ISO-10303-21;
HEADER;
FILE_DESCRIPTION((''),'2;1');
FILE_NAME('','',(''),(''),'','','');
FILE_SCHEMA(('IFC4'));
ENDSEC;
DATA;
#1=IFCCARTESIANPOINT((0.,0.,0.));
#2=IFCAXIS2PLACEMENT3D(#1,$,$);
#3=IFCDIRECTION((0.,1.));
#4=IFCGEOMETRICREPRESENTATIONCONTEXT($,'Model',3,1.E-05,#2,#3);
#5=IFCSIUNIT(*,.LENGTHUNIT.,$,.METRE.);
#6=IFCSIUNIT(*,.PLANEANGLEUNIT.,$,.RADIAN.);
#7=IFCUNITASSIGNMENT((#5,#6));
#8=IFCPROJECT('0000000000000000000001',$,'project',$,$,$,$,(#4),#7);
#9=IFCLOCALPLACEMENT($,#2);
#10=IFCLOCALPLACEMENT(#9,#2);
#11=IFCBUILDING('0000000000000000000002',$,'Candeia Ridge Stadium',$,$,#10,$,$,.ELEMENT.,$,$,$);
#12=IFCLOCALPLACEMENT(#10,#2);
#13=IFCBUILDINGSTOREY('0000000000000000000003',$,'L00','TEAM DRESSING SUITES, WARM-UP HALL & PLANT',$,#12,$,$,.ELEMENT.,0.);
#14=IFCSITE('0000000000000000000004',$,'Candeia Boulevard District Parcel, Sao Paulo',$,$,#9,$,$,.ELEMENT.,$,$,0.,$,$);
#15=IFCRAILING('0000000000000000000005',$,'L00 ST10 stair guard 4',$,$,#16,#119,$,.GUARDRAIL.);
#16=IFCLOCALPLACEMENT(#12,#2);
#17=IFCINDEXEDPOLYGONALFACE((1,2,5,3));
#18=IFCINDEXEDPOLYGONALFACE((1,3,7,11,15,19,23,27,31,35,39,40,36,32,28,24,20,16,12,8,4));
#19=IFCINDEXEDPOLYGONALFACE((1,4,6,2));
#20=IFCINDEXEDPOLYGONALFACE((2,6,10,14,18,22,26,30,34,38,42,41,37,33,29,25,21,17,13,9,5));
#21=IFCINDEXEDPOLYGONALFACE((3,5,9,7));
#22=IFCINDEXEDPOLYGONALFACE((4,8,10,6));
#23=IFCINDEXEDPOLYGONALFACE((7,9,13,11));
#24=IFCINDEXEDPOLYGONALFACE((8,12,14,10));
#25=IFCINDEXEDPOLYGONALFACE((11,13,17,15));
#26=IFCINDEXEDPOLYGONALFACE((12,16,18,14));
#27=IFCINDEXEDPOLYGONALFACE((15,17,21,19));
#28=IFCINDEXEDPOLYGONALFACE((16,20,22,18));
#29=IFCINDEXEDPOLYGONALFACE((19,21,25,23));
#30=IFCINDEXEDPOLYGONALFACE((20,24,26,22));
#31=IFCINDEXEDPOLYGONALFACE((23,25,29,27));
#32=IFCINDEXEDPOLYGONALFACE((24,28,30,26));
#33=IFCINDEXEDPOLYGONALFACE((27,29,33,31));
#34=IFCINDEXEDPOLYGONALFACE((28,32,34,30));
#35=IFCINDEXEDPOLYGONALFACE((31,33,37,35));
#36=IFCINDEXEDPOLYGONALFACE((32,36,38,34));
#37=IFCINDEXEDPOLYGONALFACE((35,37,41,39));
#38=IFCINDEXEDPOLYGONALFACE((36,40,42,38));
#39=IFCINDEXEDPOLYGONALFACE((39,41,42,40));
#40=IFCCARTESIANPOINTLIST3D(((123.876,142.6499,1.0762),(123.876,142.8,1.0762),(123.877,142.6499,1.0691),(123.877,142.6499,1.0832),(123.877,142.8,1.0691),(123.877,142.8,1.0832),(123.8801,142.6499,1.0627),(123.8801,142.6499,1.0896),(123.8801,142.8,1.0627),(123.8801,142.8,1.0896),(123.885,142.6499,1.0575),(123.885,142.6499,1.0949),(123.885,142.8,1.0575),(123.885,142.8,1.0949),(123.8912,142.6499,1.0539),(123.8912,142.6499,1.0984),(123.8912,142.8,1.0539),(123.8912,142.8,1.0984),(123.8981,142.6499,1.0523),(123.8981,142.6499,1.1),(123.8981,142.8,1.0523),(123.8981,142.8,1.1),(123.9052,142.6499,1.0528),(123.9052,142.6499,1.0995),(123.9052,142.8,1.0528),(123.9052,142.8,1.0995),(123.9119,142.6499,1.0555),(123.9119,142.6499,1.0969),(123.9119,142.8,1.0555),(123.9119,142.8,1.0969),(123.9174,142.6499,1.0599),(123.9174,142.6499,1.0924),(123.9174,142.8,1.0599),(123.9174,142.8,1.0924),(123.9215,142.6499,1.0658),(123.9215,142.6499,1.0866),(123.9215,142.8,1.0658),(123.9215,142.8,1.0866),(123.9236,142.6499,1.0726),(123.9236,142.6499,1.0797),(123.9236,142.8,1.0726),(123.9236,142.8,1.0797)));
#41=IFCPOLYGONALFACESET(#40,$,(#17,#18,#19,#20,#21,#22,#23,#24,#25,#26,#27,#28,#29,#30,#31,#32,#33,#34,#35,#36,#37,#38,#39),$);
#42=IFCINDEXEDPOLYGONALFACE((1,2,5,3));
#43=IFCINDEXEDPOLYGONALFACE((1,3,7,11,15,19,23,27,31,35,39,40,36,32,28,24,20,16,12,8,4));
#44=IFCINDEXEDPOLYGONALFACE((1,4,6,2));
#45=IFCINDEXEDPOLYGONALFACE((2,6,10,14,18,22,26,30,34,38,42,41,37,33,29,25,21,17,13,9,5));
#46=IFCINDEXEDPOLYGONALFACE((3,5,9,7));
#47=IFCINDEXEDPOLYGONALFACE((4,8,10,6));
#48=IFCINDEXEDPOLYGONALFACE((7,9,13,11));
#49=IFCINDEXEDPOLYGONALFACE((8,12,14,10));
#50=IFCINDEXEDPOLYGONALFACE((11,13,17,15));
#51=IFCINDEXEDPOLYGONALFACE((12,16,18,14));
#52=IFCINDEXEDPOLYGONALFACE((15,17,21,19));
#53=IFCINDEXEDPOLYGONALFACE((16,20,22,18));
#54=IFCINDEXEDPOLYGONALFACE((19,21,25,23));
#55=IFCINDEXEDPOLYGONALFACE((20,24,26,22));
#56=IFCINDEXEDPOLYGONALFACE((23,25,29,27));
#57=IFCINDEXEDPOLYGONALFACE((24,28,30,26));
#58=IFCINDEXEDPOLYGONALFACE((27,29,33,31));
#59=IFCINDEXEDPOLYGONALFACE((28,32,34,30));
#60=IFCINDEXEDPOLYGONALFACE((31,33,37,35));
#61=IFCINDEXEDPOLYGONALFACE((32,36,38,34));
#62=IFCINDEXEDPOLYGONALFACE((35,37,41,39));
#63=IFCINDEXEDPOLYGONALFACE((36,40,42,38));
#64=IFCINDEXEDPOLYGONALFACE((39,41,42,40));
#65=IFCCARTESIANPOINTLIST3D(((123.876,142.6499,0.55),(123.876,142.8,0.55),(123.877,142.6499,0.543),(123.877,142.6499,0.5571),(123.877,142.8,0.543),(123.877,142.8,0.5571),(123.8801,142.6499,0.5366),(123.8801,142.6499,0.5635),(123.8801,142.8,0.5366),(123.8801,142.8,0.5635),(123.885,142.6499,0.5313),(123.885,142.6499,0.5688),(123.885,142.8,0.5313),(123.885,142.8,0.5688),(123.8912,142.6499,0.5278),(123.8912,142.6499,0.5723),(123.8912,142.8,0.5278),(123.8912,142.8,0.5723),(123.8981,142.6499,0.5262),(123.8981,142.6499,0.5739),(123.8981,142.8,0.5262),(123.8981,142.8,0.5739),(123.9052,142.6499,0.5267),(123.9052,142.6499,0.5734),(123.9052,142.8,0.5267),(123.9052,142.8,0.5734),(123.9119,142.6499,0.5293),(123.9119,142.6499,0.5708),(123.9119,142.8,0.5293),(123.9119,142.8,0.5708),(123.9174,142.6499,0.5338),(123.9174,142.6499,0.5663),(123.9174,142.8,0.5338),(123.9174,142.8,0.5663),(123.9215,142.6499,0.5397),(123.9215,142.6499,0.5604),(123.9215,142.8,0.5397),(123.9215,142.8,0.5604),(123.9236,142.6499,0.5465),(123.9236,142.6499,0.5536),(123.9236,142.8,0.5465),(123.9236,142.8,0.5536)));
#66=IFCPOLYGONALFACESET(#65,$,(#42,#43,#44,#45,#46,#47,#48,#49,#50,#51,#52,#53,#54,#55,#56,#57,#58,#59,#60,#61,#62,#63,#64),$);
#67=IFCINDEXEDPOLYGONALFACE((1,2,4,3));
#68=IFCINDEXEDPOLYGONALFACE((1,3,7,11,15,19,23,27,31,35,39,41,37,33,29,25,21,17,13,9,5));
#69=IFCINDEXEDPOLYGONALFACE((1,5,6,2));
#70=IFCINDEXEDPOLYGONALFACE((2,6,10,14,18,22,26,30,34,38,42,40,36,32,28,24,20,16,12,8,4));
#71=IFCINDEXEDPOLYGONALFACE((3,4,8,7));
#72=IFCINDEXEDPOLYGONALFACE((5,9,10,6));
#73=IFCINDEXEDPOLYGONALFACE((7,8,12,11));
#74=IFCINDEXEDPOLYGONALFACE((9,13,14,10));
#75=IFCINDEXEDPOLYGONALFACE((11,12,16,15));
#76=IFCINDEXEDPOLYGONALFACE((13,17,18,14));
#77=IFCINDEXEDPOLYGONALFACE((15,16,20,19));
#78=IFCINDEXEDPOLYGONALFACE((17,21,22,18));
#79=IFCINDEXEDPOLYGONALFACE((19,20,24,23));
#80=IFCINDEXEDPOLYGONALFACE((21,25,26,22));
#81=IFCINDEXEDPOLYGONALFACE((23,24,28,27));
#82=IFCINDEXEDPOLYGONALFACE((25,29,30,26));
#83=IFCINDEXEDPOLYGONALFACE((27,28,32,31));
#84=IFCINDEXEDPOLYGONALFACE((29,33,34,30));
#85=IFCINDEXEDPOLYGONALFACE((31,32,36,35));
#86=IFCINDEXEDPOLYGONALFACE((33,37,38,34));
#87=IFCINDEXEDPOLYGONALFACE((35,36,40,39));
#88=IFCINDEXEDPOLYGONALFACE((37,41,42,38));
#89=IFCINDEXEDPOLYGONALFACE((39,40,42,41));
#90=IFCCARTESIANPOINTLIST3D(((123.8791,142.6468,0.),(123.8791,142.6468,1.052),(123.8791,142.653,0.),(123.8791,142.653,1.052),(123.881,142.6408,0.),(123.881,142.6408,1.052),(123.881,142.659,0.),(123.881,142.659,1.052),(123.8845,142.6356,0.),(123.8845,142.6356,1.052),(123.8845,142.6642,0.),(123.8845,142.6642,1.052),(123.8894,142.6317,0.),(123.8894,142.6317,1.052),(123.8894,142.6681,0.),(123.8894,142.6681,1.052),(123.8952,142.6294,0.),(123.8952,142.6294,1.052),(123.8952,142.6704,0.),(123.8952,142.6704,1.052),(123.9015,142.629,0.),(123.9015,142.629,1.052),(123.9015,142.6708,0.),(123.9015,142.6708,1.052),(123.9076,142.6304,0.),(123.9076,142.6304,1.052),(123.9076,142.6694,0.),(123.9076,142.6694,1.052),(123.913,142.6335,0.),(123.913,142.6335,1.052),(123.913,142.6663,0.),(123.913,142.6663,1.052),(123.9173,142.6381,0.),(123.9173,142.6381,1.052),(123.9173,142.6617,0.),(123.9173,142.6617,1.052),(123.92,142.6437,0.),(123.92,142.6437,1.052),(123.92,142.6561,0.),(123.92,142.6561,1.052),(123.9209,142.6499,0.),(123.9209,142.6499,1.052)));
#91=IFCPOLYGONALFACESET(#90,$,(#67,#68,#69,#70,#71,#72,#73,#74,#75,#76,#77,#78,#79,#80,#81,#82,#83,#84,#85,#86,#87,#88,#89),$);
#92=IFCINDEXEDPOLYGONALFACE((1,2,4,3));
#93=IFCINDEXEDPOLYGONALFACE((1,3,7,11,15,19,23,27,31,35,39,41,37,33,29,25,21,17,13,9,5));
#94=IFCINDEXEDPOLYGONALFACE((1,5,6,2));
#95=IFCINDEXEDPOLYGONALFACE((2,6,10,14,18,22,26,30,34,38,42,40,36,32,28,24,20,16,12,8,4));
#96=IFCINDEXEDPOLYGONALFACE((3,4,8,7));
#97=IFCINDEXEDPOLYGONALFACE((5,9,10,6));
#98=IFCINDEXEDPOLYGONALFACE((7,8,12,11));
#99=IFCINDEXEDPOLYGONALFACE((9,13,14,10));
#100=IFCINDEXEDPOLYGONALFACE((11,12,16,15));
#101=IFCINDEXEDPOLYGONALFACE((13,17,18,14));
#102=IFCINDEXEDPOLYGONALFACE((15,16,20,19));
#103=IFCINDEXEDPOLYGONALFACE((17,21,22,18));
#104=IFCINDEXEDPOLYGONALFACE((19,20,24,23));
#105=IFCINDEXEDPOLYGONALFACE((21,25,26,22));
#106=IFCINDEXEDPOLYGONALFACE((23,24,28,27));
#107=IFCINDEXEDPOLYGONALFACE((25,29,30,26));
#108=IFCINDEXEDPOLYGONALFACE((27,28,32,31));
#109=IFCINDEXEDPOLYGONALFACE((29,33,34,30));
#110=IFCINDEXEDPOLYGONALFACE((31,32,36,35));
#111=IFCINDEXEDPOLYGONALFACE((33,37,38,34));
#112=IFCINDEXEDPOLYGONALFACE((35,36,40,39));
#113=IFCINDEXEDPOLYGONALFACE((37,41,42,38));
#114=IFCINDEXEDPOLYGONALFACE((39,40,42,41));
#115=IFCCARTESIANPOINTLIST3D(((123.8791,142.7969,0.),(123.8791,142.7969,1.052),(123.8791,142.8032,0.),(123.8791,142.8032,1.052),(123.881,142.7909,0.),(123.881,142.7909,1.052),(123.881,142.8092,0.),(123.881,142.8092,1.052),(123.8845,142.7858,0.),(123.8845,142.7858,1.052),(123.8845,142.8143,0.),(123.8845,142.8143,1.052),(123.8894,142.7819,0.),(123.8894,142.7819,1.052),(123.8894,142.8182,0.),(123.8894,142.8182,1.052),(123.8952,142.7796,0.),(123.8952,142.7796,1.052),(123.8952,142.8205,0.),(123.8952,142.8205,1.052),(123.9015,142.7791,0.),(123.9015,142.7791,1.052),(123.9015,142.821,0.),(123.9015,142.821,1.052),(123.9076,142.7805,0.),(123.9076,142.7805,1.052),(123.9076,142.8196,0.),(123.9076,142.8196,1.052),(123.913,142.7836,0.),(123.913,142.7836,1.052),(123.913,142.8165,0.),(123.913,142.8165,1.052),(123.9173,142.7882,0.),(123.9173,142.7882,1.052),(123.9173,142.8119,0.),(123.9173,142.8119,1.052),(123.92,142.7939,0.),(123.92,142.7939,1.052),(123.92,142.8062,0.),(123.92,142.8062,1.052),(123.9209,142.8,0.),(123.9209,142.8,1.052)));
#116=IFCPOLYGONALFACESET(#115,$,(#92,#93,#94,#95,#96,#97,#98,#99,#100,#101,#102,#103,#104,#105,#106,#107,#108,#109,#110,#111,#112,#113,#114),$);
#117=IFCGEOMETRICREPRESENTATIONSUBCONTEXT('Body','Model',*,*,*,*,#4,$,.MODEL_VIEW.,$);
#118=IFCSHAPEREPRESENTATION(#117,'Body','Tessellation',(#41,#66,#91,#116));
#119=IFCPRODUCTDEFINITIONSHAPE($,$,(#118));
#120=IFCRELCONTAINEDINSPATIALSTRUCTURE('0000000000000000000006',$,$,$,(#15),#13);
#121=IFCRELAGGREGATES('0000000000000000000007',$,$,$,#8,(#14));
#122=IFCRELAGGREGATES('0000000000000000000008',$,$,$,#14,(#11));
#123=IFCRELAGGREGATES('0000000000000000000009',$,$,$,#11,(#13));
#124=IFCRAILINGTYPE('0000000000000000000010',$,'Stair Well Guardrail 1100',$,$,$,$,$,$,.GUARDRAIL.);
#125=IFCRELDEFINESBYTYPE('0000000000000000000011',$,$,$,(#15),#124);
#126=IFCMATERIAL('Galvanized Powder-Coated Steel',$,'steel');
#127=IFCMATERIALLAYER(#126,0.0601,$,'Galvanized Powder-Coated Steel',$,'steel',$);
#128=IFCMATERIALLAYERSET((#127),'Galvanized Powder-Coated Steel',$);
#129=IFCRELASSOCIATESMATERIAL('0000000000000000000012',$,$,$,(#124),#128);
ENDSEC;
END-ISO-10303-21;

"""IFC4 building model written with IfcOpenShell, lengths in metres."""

from ifc_helpers import new_model, si_unit, direction, frame, origin, origin_2d, place, context, subcontext, project, spatial, circle, extrude, material, layer, layer_set, type_object, element, save


model = new_model("IFC4")

# Units and contexts
model_context = context("Model", 3, precision=1e-05, world=origin(), true_north=direction((0.0, 1.0)))
body_context = subcontext(model_context, "Body", "Model", "MODEL_VIEW")
ifc_project = project(units=[si_unit("LENGTHUNIT", "METRE"), si_unit("PLANEANGLEUNIT", "RADIAN")], contexts=[model_context])

# Site, building, storey
site_placement = place(None, origin())
site = spatial("IfcSite", under=ifc_project, at=site_placement, Name="Candeia Boulevard District Parcel, Sao Paulo", CompositionType="ELEMENT", RefElevation=0.0)
building_placement = place(site_placement, origin())
building = spatial("IfcBuilding", under=site, at=building_placement, Name="Candeia Ridge Stadium", CompositionType="ELEMENT")
storey_placement = place(building_placement, origin())
storey = spatial("IfcBuildingStorey", under=building, at=storey_placement, Name="L00", Description="TEAM DRESSING SUITES, WARM-UP HALL & PLANT", CompositionType="ELEMENT", Elevation=0.0)

# Railing
ifc_material_1 = material(Name="Galvanized Powder-Coated Steel", Category="steel")
ifc_layer_1 = layer(ifc_material_1, 0.0601, Name="Galvanized Powder-Coated Steel", Category="steel")
ifc_layer_set_1 = layer_set([ifc_layer_1], Name="Galvanized Powder-Coated Steel")
railing_type_1 = type_object("IfcRailingType", Name="Stair Well Guardrail 1100", PredefinedType="GUARDRAIL", material=ifc_layer_set_1)
railing_1_placement = place(storey_placement, frame((123.8999, 142.6499, 0.0)))
element("IfcRailing", 1, at=railing_1_placement, inside=storey, type_object=railing_type_1, Name="L00 ST10 stair guard 4", PredefinedType="GUARDRAIL", context=body_context, shape_type="SweptSolid", body=[
    extrude(circle(Radius=0.0239, at=origin_2d()), frame((0.0, 0.0, 1.0762), z_axis=(0.0, 1.0, 0.0), x_axis=(-1.0, 0.0, 0.0)), (0.0, 0.0, 1.0), 0.1501),
    extrude(circle(Radius=0.0239, at=origin_2d()), frame((0.0, 0.0, 0.55), z_axis=(0.0, 1.0, 0.0), x_axis=(-1.0, 0.0, 0.0)), (0.0, 0.0, 1.0), 0.1501),
    extrude(circle(Radius=0.021, at=origin_2d()), origin(), (0.0, 0.0, 1.0), 1.052),
    extrude(circle(Radius=0.021, at=origin_2d()), frame((0.0, 0.1501, 0.0)), (0.0, 0.0, 1.0), 1.052),
])

save(model, "model.ifc")
